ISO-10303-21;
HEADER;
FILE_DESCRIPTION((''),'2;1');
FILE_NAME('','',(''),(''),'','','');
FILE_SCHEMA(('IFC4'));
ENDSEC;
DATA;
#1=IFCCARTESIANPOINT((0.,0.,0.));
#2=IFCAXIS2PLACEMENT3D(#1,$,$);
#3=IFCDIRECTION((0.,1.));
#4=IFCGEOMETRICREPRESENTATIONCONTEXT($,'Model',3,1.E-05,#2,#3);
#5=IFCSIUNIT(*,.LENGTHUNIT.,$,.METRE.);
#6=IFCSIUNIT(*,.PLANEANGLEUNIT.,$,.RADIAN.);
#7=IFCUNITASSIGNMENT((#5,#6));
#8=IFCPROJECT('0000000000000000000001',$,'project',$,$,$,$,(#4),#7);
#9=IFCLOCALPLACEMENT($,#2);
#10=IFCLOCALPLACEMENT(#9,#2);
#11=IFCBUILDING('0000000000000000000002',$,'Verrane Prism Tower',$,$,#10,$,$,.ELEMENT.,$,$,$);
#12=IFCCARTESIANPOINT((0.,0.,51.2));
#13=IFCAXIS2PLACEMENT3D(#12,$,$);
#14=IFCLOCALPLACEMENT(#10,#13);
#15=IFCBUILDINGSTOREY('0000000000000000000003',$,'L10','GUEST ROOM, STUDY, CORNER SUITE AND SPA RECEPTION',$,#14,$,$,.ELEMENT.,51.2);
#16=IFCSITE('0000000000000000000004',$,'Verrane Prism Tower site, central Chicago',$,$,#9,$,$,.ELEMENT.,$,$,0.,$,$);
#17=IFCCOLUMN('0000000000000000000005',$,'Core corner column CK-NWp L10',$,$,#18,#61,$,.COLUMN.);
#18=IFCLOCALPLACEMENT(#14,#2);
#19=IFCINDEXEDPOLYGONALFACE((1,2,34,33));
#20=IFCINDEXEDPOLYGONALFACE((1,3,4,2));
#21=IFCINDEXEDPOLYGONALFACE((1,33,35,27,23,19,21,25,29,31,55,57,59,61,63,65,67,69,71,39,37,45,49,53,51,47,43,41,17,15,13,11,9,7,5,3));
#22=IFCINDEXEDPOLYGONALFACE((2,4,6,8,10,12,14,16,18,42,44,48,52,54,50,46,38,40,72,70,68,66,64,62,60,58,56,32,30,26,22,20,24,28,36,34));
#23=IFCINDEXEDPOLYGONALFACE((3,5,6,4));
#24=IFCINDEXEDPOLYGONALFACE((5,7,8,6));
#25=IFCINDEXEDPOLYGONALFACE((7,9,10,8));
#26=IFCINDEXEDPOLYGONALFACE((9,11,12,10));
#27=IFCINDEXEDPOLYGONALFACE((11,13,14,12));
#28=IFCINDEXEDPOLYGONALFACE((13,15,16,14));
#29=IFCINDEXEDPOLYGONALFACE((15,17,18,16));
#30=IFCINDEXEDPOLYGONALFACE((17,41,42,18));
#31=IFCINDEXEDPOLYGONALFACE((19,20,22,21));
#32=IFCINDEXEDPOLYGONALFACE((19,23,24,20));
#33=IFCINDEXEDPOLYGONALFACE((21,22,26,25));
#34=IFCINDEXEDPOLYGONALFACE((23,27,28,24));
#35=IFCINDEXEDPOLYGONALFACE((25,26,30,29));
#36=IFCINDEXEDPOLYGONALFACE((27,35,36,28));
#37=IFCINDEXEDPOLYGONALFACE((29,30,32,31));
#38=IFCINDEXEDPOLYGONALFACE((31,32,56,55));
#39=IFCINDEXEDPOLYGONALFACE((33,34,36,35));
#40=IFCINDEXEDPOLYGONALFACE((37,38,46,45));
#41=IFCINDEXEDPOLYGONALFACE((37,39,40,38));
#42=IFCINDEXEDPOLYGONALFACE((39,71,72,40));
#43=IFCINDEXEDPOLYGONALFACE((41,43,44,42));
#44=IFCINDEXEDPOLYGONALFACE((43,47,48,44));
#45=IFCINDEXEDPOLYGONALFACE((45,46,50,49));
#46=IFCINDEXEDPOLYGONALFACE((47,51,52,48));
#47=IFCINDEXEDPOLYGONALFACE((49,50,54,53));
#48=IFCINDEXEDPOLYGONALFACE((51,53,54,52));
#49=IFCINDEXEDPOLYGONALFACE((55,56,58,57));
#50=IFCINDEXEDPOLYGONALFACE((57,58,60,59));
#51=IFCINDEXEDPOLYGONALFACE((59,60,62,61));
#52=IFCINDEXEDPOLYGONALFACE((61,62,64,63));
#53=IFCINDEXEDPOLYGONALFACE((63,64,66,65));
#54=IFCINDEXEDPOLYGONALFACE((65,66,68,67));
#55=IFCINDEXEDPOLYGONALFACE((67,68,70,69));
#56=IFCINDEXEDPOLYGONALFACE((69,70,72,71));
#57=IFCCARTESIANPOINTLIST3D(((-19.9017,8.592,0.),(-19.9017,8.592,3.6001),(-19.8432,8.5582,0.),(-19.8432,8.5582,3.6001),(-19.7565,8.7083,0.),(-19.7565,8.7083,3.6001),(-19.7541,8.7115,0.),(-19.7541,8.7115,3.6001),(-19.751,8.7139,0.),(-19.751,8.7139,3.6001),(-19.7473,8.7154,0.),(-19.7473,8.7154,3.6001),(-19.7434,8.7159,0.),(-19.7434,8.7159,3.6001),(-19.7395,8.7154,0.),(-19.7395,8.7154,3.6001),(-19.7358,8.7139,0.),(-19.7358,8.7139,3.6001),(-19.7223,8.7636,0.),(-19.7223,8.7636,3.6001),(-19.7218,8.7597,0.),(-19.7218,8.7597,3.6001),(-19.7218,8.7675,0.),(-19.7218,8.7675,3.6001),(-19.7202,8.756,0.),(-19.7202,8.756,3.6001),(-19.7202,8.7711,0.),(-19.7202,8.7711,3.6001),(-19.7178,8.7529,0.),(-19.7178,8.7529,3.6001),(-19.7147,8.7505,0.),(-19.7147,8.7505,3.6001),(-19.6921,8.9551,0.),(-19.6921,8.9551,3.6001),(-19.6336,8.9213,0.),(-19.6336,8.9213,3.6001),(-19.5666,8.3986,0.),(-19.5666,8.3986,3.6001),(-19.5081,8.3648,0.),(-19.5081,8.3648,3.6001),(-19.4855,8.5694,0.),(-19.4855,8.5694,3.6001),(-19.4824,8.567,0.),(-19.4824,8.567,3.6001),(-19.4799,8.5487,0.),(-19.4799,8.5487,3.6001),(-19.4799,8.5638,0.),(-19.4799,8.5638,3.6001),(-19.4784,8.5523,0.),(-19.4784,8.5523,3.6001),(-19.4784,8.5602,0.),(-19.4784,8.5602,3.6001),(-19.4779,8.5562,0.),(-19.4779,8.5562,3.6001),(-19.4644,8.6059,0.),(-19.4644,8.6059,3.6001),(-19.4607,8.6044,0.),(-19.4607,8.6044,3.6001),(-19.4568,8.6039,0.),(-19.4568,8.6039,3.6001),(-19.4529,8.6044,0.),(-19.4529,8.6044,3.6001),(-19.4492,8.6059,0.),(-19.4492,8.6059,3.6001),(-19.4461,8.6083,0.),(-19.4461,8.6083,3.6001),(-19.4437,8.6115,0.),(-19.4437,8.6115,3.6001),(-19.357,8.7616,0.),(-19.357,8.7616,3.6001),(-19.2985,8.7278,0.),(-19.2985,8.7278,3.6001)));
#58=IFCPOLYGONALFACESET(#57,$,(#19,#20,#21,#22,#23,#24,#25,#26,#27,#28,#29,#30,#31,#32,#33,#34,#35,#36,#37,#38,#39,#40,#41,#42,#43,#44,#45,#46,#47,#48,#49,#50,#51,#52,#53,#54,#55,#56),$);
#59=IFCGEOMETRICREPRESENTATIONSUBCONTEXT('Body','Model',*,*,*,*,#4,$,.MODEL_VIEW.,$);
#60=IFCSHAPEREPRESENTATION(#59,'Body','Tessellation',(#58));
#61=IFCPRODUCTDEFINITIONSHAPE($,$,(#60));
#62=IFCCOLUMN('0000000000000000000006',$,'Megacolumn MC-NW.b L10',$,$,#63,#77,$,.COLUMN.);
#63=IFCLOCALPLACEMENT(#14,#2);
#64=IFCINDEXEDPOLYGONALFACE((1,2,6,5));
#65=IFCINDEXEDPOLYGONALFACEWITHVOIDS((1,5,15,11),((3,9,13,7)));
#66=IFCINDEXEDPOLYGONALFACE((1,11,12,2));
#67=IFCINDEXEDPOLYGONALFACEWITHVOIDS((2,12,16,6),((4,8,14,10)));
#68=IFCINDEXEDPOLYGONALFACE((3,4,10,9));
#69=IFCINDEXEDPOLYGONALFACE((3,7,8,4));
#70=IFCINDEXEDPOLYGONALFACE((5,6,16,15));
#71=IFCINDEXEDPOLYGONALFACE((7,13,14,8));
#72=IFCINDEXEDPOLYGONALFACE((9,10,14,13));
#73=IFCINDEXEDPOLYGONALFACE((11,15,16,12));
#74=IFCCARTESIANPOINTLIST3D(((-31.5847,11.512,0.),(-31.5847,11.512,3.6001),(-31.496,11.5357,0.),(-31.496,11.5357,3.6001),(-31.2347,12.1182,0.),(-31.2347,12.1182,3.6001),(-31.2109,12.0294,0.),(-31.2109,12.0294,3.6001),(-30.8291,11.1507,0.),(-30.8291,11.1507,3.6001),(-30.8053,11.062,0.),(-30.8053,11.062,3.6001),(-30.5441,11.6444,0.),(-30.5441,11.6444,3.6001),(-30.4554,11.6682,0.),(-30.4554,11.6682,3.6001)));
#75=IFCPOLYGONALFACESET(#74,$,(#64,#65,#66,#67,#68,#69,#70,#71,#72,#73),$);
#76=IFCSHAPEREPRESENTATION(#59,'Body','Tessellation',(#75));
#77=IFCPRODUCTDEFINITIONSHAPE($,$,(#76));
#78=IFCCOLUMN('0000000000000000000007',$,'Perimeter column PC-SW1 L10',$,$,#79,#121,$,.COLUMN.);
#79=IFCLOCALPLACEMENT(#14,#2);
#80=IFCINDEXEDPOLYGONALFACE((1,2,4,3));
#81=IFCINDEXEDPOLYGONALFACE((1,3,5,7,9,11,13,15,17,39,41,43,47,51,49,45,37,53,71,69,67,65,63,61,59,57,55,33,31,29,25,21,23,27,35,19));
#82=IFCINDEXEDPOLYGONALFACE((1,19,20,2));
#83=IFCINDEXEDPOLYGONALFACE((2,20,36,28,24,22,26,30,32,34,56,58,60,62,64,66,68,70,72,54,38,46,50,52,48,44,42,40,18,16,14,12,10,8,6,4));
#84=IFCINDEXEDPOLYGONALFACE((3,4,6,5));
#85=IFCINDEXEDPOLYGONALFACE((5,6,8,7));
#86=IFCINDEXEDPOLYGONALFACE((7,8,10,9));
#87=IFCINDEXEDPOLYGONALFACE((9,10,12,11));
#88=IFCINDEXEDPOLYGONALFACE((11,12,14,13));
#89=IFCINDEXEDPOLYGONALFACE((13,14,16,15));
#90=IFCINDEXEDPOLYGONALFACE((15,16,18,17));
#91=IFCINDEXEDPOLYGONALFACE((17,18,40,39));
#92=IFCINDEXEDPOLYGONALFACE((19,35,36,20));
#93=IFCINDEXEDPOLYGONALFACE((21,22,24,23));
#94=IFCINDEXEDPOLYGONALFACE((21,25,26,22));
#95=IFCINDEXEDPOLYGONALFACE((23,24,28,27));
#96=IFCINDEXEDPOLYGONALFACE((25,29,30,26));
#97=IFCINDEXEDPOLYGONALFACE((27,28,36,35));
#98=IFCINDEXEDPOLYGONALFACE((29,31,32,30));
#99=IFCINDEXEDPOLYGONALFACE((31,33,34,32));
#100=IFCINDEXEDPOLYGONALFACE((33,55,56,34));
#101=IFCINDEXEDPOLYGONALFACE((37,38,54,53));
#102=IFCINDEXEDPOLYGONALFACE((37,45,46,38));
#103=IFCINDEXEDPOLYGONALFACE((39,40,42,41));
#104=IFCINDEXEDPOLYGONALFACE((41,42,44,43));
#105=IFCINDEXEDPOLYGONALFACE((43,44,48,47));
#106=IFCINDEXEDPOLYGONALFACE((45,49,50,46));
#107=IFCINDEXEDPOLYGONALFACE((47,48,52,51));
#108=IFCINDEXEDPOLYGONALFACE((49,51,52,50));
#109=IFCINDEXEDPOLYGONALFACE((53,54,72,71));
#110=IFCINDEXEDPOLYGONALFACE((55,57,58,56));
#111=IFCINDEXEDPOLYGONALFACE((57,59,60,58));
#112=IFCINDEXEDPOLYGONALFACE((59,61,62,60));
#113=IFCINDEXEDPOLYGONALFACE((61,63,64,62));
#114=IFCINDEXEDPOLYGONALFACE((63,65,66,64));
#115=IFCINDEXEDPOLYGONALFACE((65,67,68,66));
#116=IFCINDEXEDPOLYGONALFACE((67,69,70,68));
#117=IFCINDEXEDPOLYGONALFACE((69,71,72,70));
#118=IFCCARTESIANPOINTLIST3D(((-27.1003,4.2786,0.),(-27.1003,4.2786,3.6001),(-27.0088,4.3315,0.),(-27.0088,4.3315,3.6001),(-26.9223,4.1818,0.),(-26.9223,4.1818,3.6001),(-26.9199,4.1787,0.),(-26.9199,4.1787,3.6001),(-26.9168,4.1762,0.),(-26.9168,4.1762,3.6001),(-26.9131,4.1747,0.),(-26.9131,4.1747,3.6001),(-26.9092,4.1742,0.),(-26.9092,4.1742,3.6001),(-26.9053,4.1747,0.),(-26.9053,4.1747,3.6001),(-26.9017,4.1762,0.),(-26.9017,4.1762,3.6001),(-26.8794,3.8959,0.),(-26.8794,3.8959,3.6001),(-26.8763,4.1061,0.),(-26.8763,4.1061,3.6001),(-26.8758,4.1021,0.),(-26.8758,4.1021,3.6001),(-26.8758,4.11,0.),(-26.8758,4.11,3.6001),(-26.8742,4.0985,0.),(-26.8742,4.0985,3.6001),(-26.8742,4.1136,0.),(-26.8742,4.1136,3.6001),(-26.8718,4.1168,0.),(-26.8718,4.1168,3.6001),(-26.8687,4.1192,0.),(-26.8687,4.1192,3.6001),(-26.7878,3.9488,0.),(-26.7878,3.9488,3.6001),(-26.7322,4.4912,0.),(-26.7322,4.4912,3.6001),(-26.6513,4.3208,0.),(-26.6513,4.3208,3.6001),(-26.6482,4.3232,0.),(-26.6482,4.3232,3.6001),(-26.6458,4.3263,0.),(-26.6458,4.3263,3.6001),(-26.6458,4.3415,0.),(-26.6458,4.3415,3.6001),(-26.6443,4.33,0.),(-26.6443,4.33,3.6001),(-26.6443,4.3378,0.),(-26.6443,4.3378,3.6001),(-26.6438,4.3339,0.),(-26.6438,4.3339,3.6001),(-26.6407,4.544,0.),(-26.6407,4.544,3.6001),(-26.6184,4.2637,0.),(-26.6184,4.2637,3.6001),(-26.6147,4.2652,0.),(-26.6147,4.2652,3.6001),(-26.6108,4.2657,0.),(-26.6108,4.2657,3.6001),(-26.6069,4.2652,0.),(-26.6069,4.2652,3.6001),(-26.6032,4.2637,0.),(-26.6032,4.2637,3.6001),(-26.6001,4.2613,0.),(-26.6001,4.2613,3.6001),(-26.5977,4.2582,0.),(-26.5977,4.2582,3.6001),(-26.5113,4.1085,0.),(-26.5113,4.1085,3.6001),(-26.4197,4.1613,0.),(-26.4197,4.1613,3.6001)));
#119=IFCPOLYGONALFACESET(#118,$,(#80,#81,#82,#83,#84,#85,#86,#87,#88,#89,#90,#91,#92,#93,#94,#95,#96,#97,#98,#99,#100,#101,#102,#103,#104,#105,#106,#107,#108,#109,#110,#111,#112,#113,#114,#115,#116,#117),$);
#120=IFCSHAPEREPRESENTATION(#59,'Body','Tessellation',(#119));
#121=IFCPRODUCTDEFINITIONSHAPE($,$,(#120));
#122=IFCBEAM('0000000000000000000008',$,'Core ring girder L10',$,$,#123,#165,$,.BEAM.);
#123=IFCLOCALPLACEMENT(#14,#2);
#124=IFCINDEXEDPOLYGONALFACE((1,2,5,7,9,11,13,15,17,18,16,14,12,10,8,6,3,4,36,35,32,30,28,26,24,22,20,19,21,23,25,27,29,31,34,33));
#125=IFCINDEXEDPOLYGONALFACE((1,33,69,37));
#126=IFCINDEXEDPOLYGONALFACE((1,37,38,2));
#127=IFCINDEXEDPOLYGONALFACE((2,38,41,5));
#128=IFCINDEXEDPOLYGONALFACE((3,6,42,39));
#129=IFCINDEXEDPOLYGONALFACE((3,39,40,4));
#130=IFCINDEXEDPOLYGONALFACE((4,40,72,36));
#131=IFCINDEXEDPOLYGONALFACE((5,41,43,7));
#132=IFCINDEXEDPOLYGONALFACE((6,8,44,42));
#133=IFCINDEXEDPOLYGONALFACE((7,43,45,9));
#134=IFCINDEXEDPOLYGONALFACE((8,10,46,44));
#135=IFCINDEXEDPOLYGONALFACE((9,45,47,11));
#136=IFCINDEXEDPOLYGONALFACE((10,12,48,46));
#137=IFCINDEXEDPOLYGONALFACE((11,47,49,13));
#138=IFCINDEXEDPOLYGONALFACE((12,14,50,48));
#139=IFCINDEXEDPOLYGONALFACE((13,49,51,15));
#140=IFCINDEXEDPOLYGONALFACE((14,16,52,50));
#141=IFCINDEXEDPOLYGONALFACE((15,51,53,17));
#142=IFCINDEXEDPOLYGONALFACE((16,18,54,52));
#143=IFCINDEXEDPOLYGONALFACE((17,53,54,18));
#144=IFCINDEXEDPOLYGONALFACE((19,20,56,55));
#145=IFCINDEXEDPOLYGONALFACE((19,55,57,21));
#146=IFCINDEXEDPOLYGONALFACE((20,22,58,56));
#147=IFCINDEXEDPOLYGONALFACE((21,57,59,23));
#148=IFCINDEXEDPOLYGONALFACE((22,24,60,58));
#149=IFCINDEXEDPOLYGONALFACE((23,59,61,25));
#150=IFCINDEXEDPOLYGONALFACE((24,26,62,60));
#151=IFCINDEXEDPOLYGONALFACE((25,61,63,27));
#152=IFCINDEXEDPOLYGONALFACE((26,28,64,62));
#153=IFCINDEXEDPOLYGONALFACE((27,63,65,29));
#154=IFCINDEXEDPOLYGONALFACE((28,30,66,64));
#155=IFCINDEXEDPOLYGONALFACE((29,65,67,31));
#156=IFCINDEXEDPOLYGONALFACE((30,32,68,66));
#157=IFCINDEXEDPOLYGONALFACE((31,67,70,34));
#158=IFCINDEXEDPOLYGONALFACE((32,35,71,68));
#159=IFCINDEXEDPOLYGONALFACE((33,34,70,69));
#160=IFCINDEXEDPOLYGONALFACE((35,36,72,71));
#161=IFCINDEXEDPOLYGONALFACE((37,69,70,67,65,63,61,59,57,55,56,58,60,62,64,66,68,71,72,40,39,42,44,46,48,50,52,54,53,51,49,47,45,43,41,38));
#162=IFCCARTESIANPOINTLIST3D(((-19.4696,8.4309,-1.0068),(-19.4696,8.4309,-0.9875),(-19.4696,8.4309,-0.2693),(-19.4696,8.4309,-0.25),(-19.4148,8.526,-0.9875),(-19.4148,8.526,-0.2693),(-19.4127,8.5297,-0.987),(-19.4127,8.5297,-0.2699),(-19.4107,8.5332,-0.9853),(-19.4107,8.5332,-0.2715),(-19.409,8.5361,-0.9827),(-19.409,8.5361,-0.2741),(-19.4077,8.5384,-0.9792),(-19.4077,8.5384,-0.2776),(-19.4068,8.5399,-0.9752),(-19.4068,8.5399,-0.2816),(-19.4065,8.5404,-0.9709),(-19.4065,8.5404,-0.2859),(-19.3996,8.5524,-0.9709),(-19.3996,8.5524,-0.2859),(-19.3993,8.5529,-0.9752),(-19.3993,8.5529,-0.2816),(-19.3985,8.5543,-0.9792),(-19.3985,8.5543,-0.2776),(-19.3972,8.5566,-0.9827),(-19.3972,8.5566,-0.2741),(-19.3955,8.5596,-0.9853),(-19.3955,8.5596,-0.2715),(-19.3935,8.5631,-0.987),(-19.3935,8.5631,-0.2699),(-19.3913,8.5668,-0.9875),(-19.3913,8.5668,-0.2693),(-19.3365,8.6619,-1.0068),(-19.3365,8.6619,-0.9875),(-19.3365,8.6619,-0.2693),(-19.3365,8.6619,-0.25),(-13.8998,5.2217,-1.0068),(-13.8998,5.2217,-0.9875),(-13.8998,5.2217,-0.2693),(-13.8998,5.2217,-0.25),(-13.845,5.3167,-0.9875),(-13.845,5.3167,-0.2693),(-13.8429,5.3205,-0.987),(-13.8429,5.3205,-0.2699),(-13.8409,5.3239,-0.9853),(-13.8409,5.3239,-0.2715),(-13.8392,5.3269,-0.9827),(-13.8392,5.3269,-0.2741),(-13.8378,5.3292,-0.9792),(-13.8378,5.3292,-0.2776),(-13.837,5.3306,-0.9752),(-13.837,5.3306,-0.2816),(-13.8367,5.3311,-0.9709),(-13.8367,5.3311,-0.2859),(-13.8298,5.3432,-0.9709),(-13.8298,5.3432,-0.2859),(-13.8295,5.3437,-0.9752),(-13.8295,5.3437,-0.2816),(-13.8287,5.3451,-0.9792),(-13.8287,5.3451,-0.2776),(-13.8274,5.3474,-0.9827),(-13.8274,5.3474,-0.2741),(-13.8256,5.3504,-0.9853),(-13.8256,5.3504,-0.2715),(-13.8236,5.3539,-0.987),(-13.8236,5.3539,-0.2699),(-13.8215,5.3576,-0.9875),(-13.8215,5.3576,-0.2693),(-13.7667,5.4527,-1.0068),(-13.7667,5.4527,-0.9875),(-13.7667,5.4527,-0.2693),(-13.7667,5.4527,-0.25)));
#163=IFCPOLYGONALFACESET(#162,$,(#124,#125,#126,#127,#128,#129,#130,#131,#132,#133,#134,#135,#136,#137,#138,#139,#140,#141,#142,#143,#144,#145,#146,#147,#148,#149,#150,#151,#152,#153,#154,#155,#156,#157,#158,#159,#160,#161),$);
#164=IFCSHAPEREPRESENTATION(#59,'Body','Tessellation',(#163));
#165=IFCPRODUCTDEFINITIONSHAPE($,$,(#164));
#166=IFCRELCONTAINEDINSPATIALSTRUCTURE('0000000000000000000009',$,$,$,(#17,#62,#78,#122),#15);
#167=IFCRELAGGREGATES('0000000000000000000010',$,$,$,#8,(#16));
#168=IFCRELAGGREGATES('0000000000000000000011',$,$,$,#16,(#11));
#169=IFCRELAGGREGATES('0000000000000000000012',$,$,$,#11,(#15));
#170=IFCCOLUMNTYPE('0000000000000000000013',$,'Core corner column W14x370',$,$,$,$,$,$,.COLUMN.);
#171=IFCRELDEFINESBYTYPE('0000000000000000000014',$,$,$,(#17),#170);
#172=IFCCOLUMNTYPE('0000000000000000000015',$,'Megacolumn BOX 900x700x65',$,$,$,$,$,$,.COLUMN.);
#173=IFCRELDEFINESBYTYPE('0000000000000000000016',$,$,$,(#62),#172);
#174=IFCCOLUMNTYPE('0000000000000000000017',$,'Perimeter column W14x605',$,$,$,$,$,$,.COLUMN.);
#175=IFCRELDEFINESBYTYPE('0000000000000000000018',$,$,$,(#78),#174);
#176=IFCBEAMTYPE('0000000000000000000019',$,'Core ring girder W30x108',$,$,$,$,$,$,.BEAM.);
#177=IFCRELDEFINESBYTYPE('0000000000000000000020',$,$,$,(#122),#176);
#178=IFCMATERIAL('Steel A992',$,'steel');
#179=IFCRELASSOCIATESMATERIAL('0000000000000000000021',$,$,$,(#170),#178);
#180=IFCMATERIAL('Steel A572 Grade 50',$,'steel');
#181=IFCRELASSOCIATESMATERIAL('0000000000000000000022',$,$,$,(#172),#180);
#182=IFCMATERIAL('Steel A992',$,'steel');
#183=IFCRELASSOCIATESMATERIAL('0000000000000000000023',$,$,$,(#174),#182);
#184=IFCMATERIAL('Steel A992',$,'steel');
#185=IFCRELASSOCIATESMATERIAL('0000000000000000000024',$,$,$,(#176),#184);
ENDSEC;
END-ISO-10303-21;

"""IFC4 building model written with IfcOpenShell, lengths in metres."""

from ifc_helpers import new_model, si_unit, direction, frame, origin, origin_2d, place, context, subcontext, project, spatial, hollow_rectangle, i_section, extrude, material, material_profile, profile_set, type_object, element, save


model = new_model("IFC4")

# Units and contexts
model_context = context("Model", 3, precision=1e-05, world=origin(), true_north=direction((0.0, 1.0)))
body_context = subcontext(model_context, "Body", "Model", "MODEL_VIEW")
ifc_project = project(units=[si_unit("LENGTHUNIT", "METRE"), si_unit("PLANEANGLEUNIT", "RADIAN")], contexts=[model_context])

# Site, building, storey
site_placement = place(None, origin())
site = spatial("IfcSite", under=ifc_project, at=site_placement, Name="Verrane Prism Tower site, central Chicago", CompositionType="ELEMENT", RefElevation=0.0)
building_placement = place(site_placement, origin())
building = spatial("IfcBuilding", under=site, at=building_placement, Name="Verrane Prism Tower", CompositionType="ELEMENT")
storey_placement = place(building_placement, frame((0.0, 0.0, 51.2)))
storey = spatial("IfcBuildingStorey", under=building, at=storey_placement, Name="L10", Description="GUEST ROOM, STUDY, CORNER SUITE AND SPA RECEPTION", CompositionType="ELEMENT", Elevation=51.2)

# Columns
ifc_material_1 = material(Name="Steel A992", Category="steel")
ifc_material_profile_1 = material_profile(ifc_material_1, i_section(OverallWidth=0.4192, OverallDepth=0.4546, WebThickness=0.0422, FlangeThickness=0.0676, FilletRadius=0.0151, at=origin_2d()), Name="W14x370")
ifc_profile_set_1 = profile_set([ifc_material_profile_1], Name="Steel A992")
column_type_1 = type_object("IfcColumnType", Name="Core corner column W14x370", PredefinedType="COLUMN", material=ifc_profile_set_1)
column_1_placement = place(storey_placement, frame((-19.6001, 8.6599, 0.0), z_axis=(0.0, 0.0, 1.0), x_axis=(0.5, 0.866025, 0.0)))
element("IfcColumn", 1, at=column_1_placement, inside=storey, type_object=column_type_1, Name="Core corner column CK-NWp L10", PredefinedType="COLUMN", context=body_context, shape_type="SweptSolid", body=[
    extrude(i_section(OverallWidth=0.4192, OverallDepth=0.4546, WebThickness=0.0422, FlangeThickness=0.0676, FilletRadius=0.0151, at=origin_2d()), origin(), (0.0, 0.0, 1.0), 3.6001),
])
ifc_material_2 = material(Name="Steel A572 Grade 50", Category="steel")
ifc_material_profile_2 = material_profile(ifc_material_2, hollow_rectangle(XDim=0.7, YDim=0.8999, WallThickness=0.0649, at=origin_2d()), Name="BOX 900x700x65")
ifc_profile_set_2 = profile_set([ifc_material_profile_2], Name="Steel A572 Grade 50")
column_type_2 = type_object("IfcColumnType", Name="Megacolumn BOX 900x700x65", PredefinedType="COLUMN", material=ifc_profile_set_2)
column_2_placement = place(storey_placement, frame((-31.02, 11.5901, 0.0), z_axis=(0.0, 0.0, 1.0), x_axis=(0.5, 0.866025, 0.0)))
element("IfcColumn", 2, at=column_2_placement, inside=storey, type_object=column_type_2, Name="Megacolumn MC-NW.b L10", PredefinedType="COLUMN", context=body_context, shape_type="SweptSolid", body=[
    extrude(hollow_rectangle(XDim=0.7, YDim=0.8999, WallThickness=0.0649, at=origin_2d()), origin(), (0.0, 0.0, 1.0), 3.6001),
])
ifc_material_3 = material(Name="Steel A992", Category="steel")
ifc_material_profile_3 = material_profile(ifc_material_3, i_section(OverallWidth=0.4419, OverallDepth=0.5308, WebThickness=0.0659, FlangeThickness=0.1057, FilletRadius=0.0151, at=origin_2d()), Name="W14x605")
ifc_profile_set_3 = profile_set([ifc_material_profile_3], Name="Steel A992")
column_type_3 = type_object("IfcColumnType", Name="Perimeter column W14x605", PredefinedType="COLUMN", material=ifc_profile_set_3)
column_3_placement = place(storey_placement, frame((-26.76, 4.22, 0.0), z_axis=(0.0, 0.0, 1.0), x_axis=(-0.5, 0.866025, 0.0)))
element("IfcColumn", 3, at=column_3_placement, inside=storey, type_object=column_type_3, Name="Perimeter column PC-SW1 L10", PredefinedType="COLUMN", context=body_context, shape_type="SweptSolid", body=[
    extrude(i_section(OverallWidth=0.4419, OverallDepth=0.5308, WebThickness=0.0659, FlangeThickness=0.1057, FilletRadius=0.0151, at=origin_2d()), origin(), (0.0, 0.0, 1.0), 3.6001),
])

# Beam
ifc_material_4 = material(Name="Steel A992", Category="steel")
ifc_material_profile_4 = material_profile(ifc_material_4, i_section(OverallWidth=0.2666, OverallDepth=0.7568, WebThickness=0.0139, FlangeThickness=0.0193, FilletRadius=0.0166, at=origin_2d()), Name="W30x108")
ifc_profile_set_4 = profile_set([ifc_material_profile_4], Name="Steel A992")
beam_type_1 = type_object("IfcBeamType", Name="Core ring girder W30x108", PredefinedType="BEAM", material=ifc_profile_set_4)
beam_1_placement = place(storey_placement, frame((-19.4031, 8.5464, -0.6284), z_axis=(0.866464, -0.49924, 0.0), x_axis=(0.49924, 0.866464, 0.0)))
element("IfcBeam", 4, at=beam_1_placement, inside=storey, type_object=beam_type_1, Name="Core ring girder L10", PredefinedType="BEAM", context=body_context, shape_type="SweptSolid", body=[
    extrude(i_section(OverallWidth=0.2666, OverallDepth=0.7568, WebThickness=0.0139, FlangeThickness=0.0193, FilletRadius=0.0166, at=origin_2d()), origin(), (0.0, 0.0, 1.0), 6.4282),
])

save(model, "model.ifc")
